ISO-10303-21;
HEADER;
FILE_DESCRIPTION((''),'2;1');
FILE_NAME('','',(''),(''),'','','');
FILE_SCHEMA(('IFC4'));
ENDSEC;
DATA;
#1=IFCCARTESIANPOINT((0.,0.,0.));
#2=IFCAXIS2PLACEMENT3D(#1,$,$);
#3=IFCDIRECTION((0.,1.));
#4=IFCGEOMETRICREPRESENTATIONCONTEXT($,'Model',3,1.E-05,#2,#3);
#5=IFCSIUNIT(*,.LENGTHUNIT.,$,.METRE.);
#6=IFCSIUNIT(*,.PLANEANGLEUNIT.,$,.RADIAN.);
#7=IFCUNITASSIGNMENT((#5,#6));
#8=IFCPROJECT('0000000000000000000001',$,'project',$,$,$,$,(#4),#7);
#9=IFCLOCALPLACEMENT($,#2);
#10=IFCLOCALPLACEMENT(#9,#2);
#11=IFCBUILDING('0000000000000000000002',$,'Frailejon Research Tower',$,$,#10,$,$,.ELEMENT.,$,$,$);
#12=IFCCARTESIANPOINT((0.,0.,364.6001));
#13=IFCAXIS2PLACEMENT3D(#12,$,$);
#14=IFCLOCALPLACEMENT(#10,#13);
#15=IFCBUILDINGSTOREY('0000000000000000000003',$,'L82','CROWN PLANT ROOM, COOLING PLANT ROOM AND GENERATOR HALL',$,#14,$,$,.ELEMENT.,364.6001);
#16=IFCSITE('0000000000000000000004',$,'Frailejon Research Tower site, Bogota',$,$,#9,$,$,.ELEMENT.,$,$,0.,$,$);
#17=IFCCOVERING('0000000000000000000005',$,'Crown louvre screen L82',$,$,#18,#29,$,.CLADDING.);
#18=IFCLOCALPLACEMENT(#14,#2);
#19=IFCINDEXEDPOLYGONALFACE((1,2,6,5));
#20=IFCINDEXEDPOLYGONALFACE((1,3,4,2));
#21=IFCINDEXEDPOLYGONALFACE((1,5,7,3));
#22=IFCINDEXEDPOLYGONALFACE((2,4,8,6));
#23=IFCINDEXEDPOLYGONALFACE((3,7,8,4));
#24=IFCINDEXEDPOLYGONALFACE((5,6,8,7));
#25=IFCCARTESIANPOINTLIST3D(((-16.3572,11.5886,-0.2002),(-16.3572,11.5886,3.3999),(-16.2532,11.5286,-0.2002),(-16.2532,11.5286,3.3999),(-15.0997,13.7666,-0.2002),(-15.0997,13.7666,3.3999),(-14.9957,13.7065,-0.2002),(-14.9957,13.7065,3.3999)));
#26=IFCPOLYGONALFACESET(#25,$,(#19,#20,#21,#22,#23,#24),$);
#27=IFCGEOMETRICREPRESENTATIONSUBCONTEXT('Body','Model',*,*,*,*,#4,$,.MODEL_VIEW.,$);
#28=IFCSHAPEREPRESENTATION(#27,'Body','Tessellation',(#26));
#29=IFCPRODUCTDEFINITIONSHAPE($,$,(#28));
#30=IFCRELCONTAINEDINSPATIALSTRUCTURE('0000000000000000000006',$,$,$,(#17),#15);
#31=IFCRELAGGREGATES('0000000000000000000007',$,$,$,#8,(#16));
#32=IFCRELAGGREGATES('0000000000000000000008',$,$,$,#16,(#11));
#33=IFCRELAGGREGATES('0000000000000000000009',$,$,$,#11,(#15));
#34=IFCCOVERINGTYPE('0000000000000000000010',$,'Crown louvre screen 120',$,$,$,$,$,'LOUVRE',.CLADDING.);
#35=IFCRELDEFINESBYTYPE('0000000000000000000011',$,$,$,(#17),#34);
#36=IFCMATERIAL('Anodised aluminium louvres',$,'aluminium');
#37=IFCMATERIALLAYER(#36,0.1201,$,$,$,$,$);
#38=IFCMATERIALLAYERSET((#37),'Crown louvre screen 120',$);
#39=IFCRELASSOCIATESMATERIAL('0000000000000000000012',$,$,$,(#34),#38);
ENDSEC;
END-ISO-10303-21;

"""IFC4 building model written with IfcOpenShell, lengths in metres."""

from ifc_helpers import new_model, si_unit, direction, frame, origin, place, context, subcontext, project, spatial, polyline, outline, extrude, material, layer, layer_set, type_object, element, save


model = new_model("IFC4")

# Units and contexts
model_context = context("Model", 3, precision=1e-05, world=origin(), true_north=direction((0.0, 1.0)))
body_context = subcontext(model_context, "Body", "Model", "MODEL_VIEW")
ifc_project = project(units=[si_unit("LENGTHUNIT", "METRE"), si_unit("PLANEANGLEUNIT", "RADIAN")], contexts=[model_context])

# Site, building, storey
site_placement = place(None, origin())
site = spatial("IfcSite", under=ifc_project, at=site_placement, Name="Frailejon Research Tower site, Bogota", CompositionType="ELEMENT", RefElevation=0.0)
building_placement = place(site_placement, origin())
building = spatial("IfcBuilding", under=site, at=building_placement, Name="Frailejon Research Tower", CompositionType="ELEMENT")
storey_placement = place(building_placement, frame((0.0, 0.0, 364.6001)))
storey = spatial("IfcBuildingStorey", under=building, at=storey_placement, Name="L82", Description="CROWN PLANT ROOM, COOLING PLANT ROOM AND GENERATOR HALL", CompositionType="ELEMENT", Elevation=364.6001)

# Covering
ifc_material_1 = material(Name="Anodised aluminium louvres", Category="aluminium")
ifc_layer_1 = layer(ifc_material_1, 0.1201)
ifc_layer_set_1 = layer_set([ifc_layer_1], Name="Crown louvre screen 120")
covering_type = type_object("IfcCoveringType", Name="Crown louvre screen 120", ElementType="LOUVRE", PredefinedType="CLADDING", material=ifc_layer_set_1)
for number, where, z_axis, x_axis, name in (
    (1, (-16.3052, 11.5586, -0.2002), (0.500009, 0.86602, 0.0), (-0.86602, 0.500009, 0.0), "Crown louvre screen L82"),
):
    element("IfcCovering", number, at=place(storey_placement, frame(where, z_axis=z_axis, x_axis=x_axis)), inside=storey, type_object=covering_type, Name=name, PredefinedType="CLADDING", context=body_context, shape_type="SweptSolid", body=[
        extrude(outline(polyline([(-0.0601, 0.0), (0.0601, 0.0), (0.0601, 3.6001), (-0.0601, 3.6001), (-0.0601, 0.0)])), origin(), (0.0, 0.0, 1.0), 2.5149),
    ])

save(model, "model.ifc")
